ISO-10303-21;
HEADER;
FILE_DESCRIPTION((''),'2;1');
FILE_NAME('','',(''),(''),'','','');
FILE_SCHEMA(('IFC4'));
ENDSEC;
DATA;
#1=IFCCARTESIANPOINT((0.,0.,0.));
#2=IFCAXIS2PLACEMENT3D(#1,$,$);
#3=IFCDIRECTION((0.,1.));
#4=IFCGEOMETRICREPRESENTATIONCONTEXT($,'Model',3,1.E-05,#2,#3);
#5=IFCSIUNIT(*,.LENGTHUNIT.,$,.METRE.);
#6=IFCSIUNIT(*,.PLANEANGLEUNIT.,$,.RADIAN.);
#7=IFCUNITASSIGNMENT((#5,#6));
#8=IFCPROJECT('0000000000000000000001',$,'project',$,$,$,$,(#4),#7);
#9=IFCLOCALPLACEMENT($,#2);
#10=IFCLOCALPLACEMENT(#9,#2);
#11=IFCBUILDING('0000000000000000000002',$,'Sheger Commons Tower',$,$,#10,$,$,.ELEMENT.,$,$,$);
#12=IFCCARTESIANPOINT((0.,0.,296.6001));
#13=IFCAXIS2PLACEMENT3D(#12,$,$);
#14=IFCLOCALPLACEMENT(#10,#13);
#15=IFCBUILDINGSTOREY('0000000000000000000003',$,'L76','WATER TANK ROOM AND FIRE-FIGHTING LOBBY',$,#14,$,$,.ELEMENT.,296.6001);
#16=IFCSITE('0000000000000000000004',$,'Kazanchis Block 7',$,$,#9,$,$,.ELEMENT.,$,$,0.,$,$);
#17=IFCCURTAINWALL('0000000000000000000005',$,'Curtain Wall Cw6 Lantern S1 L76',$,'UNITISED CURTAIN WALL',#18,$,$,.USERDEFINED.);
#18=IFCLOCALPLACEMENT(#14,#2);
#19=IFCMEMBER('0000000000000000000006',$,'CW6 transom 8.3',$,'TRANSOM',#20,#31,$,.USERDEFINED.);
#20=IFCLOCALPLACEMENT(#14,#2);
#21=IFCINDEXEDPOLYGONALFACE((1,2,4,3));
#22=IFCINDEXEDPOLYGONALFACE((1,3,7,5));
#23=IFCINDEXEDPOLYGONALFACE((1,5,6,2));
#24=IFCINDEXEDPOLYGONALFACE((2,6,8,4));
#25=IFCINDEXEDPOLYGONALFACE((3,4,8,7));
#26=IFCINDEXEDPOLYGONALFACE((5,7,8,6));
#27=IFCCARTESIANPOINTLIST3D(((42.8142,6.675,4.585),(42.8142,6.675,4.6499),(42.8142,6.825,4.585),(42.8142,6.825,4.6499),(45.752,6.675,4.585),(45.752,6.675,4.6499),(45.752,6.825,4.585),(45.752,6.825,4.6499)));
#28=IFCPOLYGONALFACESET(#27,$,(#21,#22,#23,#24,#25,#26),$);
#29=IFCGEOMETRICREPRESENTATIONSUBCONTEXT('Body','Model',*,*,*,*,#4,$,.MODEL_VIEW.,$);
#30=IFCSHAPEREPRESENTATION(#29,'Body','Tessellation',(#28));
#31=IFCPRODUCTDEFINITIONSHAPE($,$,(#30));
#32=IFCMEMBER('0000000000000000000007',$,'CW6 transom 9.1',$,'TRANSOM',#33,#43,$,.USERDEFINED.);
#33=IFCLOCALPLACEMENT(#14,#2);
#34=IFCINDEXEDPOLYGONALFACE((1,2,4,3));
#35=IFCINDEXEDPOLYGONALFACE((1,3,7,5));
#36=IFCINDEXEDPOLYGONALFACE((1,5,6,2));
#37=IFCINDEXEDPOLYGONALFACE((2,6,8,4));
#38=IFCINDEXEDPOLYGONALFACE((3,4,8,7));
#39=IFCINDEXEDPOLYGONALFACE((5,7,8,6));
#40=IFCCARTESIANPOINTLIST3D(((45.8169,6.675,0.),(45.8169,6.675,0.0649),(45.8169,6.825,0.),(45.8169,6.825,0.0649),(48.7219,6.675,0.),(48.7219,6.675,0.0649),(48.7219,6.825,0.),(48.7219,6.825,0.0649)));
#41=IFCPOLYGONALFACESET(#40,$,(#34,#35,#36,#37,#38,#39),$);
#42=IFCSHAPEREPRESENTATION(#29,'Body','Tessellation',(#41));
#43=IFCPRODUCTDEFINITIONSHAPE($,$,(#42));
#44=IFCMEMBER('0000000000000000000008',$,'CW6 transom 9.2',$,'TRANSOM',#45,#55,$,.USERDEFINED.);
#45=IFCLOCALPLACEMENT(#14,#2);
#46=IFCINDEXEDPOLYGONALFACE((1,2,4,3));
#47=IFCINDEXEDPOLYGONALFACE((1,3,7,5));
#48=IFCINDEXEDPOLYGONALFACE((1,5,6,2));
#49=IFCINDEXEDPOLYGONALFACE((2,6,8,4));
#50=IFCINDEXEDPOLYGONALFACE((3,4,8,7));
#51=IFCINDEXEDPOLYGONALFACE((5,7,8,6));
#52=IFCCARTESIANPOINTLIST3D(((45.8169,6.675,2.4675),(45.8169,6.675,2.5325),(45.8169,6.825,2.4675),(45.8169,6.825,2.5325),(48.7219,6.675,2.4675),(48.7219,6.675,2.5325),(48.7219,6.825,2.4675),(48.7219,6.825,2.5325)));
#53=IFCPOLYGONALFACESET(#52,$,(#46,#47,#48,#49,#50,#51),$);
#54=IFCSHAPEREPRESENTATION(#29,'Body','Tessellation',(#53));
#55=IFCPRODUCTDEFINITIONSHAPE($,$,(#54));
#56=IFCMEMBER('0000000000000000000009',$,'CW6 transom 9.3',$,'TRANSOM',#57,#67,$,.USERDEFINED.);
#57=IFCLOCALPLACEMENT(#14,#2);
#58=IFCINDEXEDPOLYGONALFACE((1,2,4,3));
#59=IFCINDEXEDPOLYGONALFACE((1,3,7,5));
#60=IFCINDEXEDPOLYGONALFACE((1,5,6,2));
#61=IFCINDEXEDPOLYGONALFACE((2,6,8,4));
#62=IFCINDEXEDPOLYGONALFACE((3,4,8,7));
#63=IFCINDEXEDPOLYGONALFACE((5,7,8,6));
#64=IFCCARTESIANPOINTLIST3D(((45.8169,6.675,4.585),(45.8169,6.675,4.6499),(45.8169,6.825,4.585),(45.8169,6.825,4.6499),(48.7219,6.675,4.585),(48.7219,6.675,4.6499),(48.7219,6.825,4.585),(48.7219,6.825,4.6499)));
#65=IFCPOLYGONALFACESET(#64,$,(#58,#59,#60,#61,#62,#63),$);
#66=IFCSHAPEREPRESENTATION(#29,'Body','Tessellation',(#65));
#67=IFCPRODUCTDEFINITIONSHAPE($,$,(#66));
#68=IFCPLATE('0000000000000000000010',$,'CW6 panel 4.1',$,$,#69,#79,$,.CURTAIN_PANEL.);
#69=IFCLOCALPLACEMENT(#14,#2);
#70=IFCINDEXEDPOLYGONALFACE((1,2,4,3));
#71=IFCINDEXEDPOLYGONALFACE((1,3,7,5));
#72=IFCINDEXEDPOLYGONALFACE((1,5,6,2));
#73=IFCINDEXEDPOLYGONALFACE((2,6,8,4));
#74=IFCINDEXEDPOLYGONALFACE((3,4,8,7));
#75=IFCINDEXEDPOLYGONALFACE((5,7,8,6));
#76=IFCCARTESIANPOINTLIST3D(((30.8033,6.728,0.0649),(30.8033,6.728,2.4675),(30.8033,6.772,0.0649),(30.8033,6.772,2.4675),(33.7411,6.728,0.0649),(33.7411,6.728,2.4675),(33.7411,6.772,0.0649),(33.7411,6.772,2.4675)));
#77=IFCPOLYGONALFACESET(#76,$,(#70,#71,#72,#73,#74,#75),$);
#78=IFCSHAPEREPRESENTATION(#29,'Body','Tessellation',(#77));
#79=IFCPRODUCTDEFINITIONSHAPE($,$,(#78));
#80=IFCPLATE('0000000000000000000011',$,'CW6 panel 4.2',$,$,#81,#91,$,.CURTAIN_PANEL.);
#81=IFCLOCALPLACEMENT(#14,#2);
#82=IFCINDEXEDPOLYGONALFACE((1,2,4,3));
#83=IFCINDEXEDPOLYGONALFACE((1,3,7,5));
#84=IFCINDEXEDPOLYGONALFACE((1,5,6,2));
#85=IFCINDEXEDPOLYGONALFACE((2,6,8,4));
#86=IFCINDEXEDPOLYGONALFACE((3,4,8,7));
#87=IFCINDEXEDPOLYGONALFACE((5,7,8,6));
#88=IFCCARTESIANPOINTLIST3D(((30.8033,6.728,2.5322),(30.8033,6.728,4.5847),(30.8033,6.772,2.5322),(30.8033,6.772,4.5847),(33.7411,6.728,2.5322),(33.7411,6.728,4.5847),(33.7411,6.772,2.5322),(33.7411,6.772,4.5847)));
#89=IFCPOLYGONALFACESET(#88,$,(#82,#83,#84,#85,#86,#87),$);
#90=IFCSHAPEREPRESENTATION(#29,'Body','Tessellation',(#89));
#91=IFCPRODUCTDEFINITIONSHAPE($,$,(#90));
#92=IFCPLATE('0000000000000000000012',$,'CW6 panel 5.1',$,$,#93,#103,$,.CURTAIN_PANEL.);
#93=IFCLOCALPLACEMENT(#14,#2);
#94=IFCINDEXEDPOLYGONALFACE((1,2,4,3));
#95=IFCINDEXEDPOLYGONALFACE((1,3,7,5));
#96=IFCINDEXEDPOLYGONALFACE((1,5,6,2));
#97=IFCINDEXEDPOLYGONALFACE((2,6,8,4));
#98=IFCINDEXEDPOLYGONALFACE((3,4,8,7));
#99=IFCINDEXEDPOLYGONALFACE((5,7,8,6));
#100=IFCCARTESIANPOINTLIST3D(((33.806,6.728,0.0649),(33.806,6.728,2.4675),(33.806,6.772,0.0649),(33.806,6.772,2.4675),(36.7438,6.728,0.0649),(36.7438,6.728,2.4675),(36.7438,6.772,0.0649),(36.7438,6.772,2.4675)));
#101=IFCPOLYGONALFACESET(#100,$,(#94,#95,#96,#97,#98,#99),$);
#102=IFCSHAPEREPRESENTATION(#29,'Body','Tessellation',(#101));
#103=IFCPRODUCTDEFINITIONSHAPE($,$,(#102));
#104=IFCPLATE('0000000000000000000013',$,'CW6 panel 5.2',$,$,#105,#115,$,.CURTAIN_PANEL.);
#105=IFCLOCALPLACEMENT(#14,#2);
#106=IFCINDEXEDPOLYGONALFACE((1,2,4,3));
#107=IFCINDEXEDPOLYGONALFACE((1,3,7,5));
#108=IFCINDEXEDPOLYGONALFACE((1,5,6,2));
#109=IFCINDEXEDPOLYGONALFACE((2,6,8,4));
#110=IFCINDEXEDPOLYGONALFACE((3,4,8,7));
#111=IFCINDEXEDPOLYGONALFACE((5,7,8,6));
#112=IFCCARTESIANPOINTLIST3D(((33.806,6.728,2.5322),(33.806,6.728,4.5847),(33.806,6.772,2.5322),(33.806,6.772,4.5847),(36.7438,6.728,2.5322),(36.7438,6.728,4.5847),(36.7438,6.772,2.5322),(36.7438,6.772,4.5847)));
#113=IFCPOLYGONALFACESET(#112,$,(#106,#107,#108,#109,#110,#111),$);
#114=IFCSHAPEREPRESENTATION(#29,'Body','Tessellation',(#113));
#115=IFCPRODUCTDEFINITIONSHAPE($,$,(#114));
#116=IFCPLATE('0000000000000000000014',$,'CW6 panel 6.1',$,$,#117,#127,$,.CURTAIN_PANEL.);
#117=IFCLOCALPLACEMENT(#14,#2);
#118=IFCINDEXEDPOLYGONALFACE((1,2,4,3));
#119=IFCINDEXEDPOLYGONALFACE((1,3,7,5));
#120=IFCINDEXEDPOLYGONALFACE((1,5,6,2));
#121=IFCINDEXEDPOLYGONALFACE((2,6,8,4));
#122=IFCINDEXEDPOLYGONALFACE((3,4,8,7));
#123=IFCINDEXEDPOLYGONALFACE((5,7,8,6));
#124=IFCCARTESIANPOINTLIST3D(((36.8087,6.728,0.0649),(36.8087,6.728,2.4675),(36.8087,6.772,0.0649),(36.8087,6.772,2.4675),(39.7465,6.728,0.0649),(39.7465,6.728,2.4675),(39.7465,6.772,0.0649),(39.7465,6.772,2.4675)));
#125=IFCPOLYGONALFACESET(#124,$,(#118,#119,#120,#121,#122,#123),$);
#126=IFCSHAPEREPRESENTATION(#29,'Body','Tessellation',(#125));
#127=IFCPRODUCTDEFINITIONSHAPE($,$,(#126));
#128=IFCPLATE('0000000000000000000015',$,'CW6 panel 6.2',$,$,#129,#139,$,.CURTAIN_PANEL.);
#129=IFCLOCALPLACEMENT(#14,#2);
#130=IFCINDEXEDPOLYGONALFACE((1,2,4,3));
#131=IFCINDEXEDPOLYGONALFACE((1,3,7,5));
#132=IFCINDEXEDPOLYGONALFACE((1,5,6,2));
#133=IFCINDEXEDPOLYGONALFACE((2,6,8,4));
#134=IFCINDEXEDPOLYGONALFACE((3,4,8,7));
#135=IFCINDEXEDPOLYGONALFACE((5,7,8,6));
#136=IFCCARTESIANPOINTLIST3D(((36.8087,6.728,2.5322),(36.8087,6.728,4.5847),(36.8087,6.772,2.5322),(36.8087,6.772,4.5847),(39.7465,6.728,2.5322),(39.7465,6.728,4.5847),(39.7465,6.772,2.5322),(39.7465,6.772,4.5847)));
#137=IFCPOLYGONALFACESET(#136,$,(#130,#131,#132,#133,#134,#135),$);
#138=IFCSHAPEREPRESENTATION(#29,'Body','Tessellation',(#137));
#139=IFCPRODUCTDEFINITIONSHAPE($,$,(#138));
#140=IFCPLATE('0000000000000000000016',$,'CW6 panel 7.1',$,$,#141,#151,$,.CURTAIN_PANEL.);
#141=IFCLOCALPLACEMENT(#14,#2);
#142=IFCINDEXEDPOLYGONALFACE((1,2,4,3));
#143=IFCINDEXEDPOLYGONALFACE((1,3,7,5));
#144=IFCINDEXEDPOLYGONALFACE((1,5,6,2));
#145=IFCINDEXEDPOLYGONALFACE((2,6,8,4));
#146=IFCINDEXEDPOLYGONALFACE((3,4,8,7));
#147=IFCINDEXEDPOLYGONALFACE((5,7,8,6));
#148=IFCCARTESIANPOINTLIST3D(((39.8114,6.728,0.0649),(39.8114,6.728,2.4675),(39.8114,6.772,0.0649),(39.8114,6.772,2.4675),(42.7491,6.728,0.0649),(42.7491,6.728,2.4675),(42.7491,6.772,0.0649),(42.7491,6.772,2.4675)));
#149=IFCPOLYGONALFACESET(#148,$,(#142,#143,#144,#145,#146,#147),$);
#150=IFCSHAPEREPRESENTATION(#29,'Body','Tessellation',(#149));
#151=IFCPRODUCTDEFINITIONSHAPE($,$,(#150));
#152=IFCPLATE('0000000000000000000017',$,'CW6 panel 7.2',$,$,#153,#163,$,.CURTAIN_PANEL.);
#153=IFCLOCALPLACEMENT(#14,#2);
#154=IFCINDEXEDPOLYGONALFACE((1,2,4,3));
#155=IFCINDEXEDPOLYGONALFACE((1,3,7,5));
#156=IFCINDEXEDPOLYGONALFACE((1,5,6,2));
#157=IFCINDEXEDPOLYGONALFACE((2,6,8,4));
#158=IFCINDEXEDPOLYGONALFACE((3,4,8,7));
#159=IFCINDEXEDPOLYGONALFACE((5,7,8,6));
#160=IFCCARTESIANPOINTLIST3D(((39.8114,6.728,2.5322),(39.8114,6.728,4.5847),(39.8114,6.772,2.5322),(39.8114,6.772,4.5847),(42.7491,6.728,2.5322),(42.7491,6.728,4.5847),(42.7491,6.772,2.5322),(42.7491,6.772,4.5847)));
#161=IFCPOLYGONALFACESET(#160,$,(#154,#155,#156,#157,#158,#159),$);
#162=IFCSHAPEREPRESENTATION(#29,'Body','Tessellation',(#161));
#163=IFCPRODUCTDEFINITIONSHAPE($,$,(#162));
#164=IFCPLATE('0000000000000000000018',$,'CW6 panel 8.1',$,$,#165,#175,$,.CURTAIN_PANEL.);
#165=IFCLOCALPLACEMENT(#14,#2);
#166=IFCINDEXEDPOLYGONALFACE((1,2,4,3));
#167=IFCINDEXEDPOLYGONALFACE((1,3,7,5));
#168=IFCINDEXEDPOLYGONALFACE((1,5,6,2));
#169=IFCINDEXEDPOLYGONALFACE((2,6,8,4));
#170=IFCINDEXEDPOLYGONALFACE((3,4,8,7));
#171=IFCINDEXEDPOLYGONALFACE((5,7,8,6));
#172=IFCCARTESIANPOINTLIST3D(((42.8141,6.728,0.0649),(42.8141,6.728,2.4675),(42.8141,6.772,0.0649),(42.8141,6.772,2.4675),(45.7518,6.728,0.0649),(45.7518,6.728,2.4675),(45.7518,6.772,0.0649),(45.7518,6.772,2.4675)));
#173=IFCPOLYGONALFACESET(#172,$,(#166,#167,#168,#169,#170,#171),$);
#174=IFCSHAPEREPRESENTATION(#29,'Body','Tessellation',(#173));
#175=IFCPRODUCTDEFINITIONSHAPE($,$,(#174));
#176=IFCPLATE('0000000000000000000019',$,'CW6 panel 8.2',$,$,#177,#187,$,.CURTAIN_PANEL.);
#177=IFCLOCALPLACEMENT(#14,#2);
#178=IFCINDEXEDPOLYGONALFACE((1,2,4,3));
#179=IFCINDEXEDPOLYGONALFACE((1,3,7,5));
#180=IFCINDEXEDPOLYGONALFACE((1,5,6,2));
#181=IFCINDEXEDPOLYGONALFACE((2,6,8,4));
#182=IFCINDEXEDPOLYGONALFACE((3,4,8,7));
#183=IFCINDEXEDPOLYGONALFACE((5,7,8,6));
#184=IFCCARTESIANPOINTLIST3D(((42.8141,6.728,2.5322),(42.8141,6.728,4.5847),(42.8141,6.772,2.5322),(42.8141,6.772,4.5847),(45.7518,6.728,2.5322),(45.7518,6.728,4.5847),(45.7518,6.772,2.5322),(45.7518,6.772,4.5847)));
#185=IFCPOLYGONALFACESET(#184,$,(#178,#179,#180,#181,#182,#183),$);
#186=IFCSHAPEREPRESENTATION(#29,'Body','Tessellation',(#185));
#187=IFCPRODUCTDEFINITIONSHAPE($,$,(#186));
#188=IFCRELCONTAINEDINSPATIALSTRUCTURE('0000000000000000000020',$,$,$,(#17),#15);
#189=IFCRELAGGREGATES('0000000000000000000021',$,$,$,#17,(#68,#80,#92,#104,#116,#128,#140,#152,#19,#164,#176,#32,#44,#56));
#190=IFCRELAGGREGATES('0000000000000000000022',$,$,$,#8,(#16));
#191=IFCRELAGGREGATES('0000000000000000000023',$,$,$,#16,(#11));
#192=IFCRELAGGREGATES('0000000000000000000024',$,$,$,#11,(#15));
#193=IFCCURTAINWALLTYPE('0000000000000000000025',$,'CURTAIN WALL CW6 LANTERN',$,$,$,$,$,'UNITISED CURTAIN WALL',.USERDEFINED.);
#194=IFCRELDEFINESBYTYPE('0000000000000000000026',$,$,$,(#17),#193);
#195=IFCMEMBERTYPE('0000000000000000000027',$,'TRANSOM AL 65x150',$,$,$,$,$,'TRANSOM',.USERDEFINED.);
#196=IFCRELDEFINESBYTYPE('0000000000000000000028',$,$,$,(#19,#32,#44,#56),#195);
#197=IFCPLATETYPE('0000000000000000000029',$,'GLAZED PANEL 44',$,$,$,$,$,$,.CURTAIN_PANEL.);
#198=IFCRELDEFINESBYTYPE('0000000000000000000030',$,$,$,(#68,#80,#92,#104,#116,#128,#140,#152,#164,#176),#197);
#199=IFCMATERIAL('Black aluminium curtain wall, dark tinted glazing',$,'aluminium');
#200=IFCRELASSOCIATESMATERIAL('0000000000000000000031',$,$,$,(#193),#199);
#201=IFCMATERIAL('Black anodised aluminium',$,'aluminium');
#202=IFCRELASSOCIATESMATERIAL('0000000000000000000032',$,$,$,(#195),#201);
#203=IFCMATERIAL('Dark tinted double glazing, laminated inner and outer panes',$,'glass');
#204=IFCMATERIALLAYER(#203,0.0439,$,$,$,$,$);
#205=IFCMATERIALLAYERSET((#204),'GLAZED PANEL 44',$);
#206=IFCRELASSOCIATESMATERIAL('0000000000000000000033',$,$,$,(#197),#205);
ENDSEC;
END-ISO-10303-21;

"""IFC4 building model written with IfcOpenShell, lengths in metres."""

from ifc_helpers import new_model, si_unit, direction, frame, origin, origin_2d, place, context, subcontext, project, spatial, rectangle, extrude, material, layer, layer_set, material_profile, profile_set, type_object, element, aggregate, save


model = new_model("IFC4")

# Units and contexts
model_context = context("Model", 3, precision=1e-05, world=origin(), true_north=direction((0.0, 1.0)))
body_context = subcontext(model_context, "Body", "Model", "MODEL_VIEW")
ifc_project = project(units=[si_unit("LENGTHUNIT", "METRE"), si_unit("PLANEANGLEUNIT", "RADIAN")], contexts=[model_context])

# Site, building, storey
site_placement = place(None, origin())
site = spatial("IfcSite", under=ifc_project, at=site_placement, Name="Kazanchis Block 7", CompositionType="ELEMENT", RefElevation=0.0)
building_placement = place(site_placement, origin())
building = spatial("IfcBuilding", under=site, at=building_placement, Name="Sheger Commons Tower", CompositionType="ELEMENT")
storey_placement = place(building_placement, frame((0.0, 0.0, 296.6001)))
storey = spatial("IfcBuildingStorey", under=building, at=storey_placement, Name="L76", Description="WATER TANK ROOM AND FIRE-FIGHTING LOBBY", CompositionType="ELEMENT", Elevation=296.6001)

# Curtain wall
ifc_material_1 = material(Name="Black aluminium curtain wall, dark tinted glazing", Category="aluminium")
curtain_wall_type = type_object("IfcCurtainWallType", Name="CURTAIN WALL CW6 LANTERN", ElementType="UNITISED CURTAIN WALL", PredefinedType="USERDEFINED", material=ifc_material_1)
curtain_wall_placement = place(storey_placement, origin())
curtain_wall = element("IfcCurtainWall", 1, at=curtain_wall_placement, inside=storey, type_object=curtain_wall_type, Name="Curtain Wall Cw6 Lantern S1 L76", ObjectType="UNITISED CURTAIN WALL", PredefinedType="USERDEFINED")

# Members
ifc_material_2 = material(Name="Black anodised aluminium", Category="aluminium")
ifc_material_profile_1 = material_profile(ifc_material_2, rectangle(XDim=0.1499, YDim=0.0649, at=origin_2d()), Name="AL 65x150")
ifc_profile_set_1 = profile_set([ifc_material_profile_1], Name="Black anodised aluminium")
member_type_1 = type_object("IfcMemberType", Name="TRANSOM AL 65x150", ElementType="TRANSOM", PredefinedType="USERDEFINED", material=ifc_profile_set_1)
member_1_placement = place(storey_placement, frame((42.8142, 6.75, 4.6174), z_axis=(1.0, 0.0, 0.0), x_axis=(0.0, 1.0, 0.0)))
member_1 = element("IfcMember", 2, at=member_1_placement, type_object=member_type_1, Name="CW6 transom 8.3", ObjectType="TRANSOM", PredefinedType="USERDEFINED", context=body_context, shape_type="SweptSolid", body=[
    extrude(rectangle(XDim=0.1499, YDim=0.0649, at=origin_2d()), origin(), (0.0, 0.0, 1.0), 2.9377),
])
member_2_placement = place(storey_placement, frame((45.8169, 6.75, 0.0325), z_axis=(1.0, 0.0, 0.0), x_axis=(0.0, 1.0, 0.0)))
member_2 = element("IfcMember", 3, at=member_2_placement, type_object=member_type_1, Name="CW6 transom 9.1", ObjectType="TRANSOM", PredefinedType="USERDEFINED", context=body_context, shape_type="SweptSolid", body=[
    extrude(rectangle(XDim=0.1499, YDim=0.0649, at=origin_2d()), origin(), (0.0, 0.0, 1.0), 2.905),
])
member_3_placement = place(storey_placement, frame((45.8169, 6.75, 2.5), z_axis=(1.0, 0.0, 0.0), x_axis=(0.0, 1.0, 0.0)))
member_3 = element("IfcMember", 4, at=member_3_placement, type_object=member_type_1, Name="CW6 transom 9.2", ObjectType="TRANSOM", PredefinedType="USERDEFINED", context=body_context, shape_type="SweptSolid", body=[
    extrude(rectangle(XDim=0.1499, YDim=0.0649, at=origin_2d()), origin(), (0.0, 0.0, 1.0), 2.905),
])
member_4_placement = place(storey_placement, frame((45.8169, 6.75, 4.6174), z_axis=(1.0, 0.0, 0.0), x_axis=(0.0, 1.0, 0.0)))
member_4 = element("IfcMember", 5, at=member_4_placement, type_object=member_type_1, Name="CW6 transom 9.3", ObjectType="TRANSOM", PredefinedType="USERDEFINED", context=body_context, shape_type="SweptSolid", body=[
    extrude(rectangle(XDim=0.1499, YDim=0.0649, at=origin_2d()), origin(), (0.0, 0.0, 1.0), 2.905),
])

# Plates
ifc_material_3 = material(Name="Dark tinted double glazing, laminated inner and outer panes", Category="glass")
ifc_layer = layer(ifc_material_3, 0.0439)
ifc_layer_set = layer_set([ifc_layer], Name="GLAZED PANEL 44")
plate_type = type_object("IfcPlateType", Name="GLAZED PANEL 44", PredefinedType="CURTAIN_PANEL", material=ifc_layer_set)
plate_1_placement = place(storey_placement, frame((32.2722, 6.75, 0.0649), z_axis=(0.0, 0.0, 1.0), x_axis=(1.0, 0.0, 0.0)))
plate_1 = element("IfcPlate", 6, at=plate_1_placement, type_object=plate_type, Name="CW6 panel 4.1", PredefinedType="CURTAIN_PANEL", context=body_context, shape_type="SweptSolid", body=[
    extrude(rectangle(XDim=2.9377, YDim=0.0439, at=origin_2d()), origin(), (0.0, 0.0, 1.0), 2.4026),
])
plate_2_placement = place(storey_placement, frame((32.2722, 6.75, 2.5322), z_axis=(0.0, 0.0, 1.0), x_axis=(1.0, 0.0, 0.0)))
plate_2 = element("IfcPlate", 7, at=plate_2_placement, type_object=plate_type, Name="CW6 panel 4.2", PredefinedType="CURTAIN_PANEL", context=body_context, shape_type="SweptSolid", body=[
    extrude(rectangle(XDim=2.9377, YDim=0.0439, at=origin_2d()), origin(), (0.0, 0.0, 1.0), 2.0525),
])
plate_3_placement = place(storey_placement, frame((35.2749, 6.75, 0.0649), z_axis=(0.0, 0.0, 1.0), x_axis=(1.0, 0.0, 0.0)))
plate_3 = element("IfcPlate", 8, at=plate_3_placement, type_object=plate_type, Name="CW6 panel 5.1", PredefinedType="CURTAIN_PANEL", context=body_context, shape_type="SweptSolid", body=[
    extrude(rectangle(XDim=2.9377, YDim=0.0439, at=origin_2d()), origin(), (0.0, 0.0, 1.0), 2.4026),
])
plate_4_placement = place(storey_placement, frame((35.2749, 6.75, 2.5322), z_axis=(0.0, 0.0, 1.0), x_axis=(1.0, 0.0, 0.0)))
plate_4 = element("IfcPlate", 9, at=plate_4_placement, type_object=plate_type, Name="CW6 panel 5.2", PredefinedType="CURTAIN_PANEL", context=body_context, shape_type="SweptSolid", body=[
    extrude(rectangle(XDim=2.9377, YDim=0.0439, at=origin_2d()), origin(), (0.0, 0.0, 1.0), 2.0525),
])
plate_5_placement = place(storey_placement, frame((38.2776, 6.75, 0.0649), z_axis=(0.0, 0.0, 1.0), x_axis=(1.0, 0.0, 0.0)))
plate_5 = element("IfcPlate", 10, at=plate_5_placement, type_object=plate_type, Name="CW6 panel 6.1", PredefinedType="CURTAIN_PANEL", context=body_context, shape_type="SweptSolid", body=[
    extrude(rectangle(XDim=2.9377, YDim=0.0439, at=origin_2d()), origin(), (0.0, 0.0, 1.0), 2.4026),
])
plate_6_placement = place(storey_placement, frame((38.2776, 6.75, 2.5322), z_axis=(0.0, 0.0, 1.0), x_axis=(1.0, 0.0, 0.0)))
plate_6 = element("IfcPlate", 11, at=plate_6_placement, type_object=plate_type, Name="CW6 panel 6.2", PredefinedType="CURTAIN_PANEL", context=body_context, shape_type="SweptSolid", body=[
    extrude(rectangle(XDim=2.9377, YDim=0.0439, at=origin_2d()), origin(), (0.0, 0.0, 1.0), 2.0525),
])
plate_7_placement = place(storey_placement, frame((41.2803, 6.75, 0.0649), z_axis=(0.0, 0.0, 1.0), x_axis=(1.0, 0.0, 0.0)))
plate_7 = element("IfcPlate", 12, at=plate_7_placement, type_object=plate_type, Name="CW6 panel 7.1", PredefinedType="CURTAIN_PANEL", context=body_context, shape_type="SweptSolid", body=[
    extrude(rectangle(XDim=2.9377, YDim=0.0439, at=origin_2d()), origin(), (0.0, 0.0, 1.0), 2.4026),
])
plate_8_placement = place(storey_placement, frame((41.2803, 6.75, 2.5322), z_axis=(0.0, 0.0, 1.0), x_axis=(1.0, 0.0, 0.0)))
plate_8 = element("IfcPlate", 13, at=plate_8_placement, type_object=plate_type, Name="CW6 panel 7.2", PredefinedType="CURTAIN_PANEL", context=body_context, shape_type="SweptSolid", body=[
    extrude(rectangle(XDim=2.9377, YDim=0.0439, at=origin_2d()), origin(), (0.0, 0.0, 1.0), 2.0525),
])
plate_9_placement = place(storey_placement, frame((44.283, 6.75, 0.0649), z_axis=(0.0, 0.0, 1.0), x_axis=(1.0, 0.0, 0.0)))
plate_9 = element("IfcPlate", 14, at=plate_9_placement, type_object=plate_type, Name="CW6 panel 8.1", PredefinedType="CURTAIN_PANEL", context=body_context, shape_type="SweptSolid", body=[
    extrude(rectangle(XDim=2.9377, YDim=0.0439, at=origin_2d()), origin(), (0.0, 0.0, 1.0), 2.4026),
])
plate_10_placement = place(storey_placement, frame((44.283, 6.75, 2.5322), z_axis=(0.0, 0.0, 1.0), x_axis=(1.0, 0.0, 0.0)))
plate_10 = element("IfcPlate", 15, at=plate_10_placement, type_object=plate_type, Name="CW6 panel 8.2", PredefinedType="CURTAIN_PANEL", context=body_context, shape_type="SweptSolid", body=[
    extrude(rectangle(XDim=2.9377, YDim=0.0439, at=origin_2d()), origin(), (0.0, 0.0, 1.0), 2.0525),
])
aggregate(curtain_wall, [plate_1, plate_2, plate_3, plate_4, plate_5, plate_6, plate_7, plate_8, member_1, plate_9, plate_10, member_2, member_3, member_4])

save(model, "model.ifc")
